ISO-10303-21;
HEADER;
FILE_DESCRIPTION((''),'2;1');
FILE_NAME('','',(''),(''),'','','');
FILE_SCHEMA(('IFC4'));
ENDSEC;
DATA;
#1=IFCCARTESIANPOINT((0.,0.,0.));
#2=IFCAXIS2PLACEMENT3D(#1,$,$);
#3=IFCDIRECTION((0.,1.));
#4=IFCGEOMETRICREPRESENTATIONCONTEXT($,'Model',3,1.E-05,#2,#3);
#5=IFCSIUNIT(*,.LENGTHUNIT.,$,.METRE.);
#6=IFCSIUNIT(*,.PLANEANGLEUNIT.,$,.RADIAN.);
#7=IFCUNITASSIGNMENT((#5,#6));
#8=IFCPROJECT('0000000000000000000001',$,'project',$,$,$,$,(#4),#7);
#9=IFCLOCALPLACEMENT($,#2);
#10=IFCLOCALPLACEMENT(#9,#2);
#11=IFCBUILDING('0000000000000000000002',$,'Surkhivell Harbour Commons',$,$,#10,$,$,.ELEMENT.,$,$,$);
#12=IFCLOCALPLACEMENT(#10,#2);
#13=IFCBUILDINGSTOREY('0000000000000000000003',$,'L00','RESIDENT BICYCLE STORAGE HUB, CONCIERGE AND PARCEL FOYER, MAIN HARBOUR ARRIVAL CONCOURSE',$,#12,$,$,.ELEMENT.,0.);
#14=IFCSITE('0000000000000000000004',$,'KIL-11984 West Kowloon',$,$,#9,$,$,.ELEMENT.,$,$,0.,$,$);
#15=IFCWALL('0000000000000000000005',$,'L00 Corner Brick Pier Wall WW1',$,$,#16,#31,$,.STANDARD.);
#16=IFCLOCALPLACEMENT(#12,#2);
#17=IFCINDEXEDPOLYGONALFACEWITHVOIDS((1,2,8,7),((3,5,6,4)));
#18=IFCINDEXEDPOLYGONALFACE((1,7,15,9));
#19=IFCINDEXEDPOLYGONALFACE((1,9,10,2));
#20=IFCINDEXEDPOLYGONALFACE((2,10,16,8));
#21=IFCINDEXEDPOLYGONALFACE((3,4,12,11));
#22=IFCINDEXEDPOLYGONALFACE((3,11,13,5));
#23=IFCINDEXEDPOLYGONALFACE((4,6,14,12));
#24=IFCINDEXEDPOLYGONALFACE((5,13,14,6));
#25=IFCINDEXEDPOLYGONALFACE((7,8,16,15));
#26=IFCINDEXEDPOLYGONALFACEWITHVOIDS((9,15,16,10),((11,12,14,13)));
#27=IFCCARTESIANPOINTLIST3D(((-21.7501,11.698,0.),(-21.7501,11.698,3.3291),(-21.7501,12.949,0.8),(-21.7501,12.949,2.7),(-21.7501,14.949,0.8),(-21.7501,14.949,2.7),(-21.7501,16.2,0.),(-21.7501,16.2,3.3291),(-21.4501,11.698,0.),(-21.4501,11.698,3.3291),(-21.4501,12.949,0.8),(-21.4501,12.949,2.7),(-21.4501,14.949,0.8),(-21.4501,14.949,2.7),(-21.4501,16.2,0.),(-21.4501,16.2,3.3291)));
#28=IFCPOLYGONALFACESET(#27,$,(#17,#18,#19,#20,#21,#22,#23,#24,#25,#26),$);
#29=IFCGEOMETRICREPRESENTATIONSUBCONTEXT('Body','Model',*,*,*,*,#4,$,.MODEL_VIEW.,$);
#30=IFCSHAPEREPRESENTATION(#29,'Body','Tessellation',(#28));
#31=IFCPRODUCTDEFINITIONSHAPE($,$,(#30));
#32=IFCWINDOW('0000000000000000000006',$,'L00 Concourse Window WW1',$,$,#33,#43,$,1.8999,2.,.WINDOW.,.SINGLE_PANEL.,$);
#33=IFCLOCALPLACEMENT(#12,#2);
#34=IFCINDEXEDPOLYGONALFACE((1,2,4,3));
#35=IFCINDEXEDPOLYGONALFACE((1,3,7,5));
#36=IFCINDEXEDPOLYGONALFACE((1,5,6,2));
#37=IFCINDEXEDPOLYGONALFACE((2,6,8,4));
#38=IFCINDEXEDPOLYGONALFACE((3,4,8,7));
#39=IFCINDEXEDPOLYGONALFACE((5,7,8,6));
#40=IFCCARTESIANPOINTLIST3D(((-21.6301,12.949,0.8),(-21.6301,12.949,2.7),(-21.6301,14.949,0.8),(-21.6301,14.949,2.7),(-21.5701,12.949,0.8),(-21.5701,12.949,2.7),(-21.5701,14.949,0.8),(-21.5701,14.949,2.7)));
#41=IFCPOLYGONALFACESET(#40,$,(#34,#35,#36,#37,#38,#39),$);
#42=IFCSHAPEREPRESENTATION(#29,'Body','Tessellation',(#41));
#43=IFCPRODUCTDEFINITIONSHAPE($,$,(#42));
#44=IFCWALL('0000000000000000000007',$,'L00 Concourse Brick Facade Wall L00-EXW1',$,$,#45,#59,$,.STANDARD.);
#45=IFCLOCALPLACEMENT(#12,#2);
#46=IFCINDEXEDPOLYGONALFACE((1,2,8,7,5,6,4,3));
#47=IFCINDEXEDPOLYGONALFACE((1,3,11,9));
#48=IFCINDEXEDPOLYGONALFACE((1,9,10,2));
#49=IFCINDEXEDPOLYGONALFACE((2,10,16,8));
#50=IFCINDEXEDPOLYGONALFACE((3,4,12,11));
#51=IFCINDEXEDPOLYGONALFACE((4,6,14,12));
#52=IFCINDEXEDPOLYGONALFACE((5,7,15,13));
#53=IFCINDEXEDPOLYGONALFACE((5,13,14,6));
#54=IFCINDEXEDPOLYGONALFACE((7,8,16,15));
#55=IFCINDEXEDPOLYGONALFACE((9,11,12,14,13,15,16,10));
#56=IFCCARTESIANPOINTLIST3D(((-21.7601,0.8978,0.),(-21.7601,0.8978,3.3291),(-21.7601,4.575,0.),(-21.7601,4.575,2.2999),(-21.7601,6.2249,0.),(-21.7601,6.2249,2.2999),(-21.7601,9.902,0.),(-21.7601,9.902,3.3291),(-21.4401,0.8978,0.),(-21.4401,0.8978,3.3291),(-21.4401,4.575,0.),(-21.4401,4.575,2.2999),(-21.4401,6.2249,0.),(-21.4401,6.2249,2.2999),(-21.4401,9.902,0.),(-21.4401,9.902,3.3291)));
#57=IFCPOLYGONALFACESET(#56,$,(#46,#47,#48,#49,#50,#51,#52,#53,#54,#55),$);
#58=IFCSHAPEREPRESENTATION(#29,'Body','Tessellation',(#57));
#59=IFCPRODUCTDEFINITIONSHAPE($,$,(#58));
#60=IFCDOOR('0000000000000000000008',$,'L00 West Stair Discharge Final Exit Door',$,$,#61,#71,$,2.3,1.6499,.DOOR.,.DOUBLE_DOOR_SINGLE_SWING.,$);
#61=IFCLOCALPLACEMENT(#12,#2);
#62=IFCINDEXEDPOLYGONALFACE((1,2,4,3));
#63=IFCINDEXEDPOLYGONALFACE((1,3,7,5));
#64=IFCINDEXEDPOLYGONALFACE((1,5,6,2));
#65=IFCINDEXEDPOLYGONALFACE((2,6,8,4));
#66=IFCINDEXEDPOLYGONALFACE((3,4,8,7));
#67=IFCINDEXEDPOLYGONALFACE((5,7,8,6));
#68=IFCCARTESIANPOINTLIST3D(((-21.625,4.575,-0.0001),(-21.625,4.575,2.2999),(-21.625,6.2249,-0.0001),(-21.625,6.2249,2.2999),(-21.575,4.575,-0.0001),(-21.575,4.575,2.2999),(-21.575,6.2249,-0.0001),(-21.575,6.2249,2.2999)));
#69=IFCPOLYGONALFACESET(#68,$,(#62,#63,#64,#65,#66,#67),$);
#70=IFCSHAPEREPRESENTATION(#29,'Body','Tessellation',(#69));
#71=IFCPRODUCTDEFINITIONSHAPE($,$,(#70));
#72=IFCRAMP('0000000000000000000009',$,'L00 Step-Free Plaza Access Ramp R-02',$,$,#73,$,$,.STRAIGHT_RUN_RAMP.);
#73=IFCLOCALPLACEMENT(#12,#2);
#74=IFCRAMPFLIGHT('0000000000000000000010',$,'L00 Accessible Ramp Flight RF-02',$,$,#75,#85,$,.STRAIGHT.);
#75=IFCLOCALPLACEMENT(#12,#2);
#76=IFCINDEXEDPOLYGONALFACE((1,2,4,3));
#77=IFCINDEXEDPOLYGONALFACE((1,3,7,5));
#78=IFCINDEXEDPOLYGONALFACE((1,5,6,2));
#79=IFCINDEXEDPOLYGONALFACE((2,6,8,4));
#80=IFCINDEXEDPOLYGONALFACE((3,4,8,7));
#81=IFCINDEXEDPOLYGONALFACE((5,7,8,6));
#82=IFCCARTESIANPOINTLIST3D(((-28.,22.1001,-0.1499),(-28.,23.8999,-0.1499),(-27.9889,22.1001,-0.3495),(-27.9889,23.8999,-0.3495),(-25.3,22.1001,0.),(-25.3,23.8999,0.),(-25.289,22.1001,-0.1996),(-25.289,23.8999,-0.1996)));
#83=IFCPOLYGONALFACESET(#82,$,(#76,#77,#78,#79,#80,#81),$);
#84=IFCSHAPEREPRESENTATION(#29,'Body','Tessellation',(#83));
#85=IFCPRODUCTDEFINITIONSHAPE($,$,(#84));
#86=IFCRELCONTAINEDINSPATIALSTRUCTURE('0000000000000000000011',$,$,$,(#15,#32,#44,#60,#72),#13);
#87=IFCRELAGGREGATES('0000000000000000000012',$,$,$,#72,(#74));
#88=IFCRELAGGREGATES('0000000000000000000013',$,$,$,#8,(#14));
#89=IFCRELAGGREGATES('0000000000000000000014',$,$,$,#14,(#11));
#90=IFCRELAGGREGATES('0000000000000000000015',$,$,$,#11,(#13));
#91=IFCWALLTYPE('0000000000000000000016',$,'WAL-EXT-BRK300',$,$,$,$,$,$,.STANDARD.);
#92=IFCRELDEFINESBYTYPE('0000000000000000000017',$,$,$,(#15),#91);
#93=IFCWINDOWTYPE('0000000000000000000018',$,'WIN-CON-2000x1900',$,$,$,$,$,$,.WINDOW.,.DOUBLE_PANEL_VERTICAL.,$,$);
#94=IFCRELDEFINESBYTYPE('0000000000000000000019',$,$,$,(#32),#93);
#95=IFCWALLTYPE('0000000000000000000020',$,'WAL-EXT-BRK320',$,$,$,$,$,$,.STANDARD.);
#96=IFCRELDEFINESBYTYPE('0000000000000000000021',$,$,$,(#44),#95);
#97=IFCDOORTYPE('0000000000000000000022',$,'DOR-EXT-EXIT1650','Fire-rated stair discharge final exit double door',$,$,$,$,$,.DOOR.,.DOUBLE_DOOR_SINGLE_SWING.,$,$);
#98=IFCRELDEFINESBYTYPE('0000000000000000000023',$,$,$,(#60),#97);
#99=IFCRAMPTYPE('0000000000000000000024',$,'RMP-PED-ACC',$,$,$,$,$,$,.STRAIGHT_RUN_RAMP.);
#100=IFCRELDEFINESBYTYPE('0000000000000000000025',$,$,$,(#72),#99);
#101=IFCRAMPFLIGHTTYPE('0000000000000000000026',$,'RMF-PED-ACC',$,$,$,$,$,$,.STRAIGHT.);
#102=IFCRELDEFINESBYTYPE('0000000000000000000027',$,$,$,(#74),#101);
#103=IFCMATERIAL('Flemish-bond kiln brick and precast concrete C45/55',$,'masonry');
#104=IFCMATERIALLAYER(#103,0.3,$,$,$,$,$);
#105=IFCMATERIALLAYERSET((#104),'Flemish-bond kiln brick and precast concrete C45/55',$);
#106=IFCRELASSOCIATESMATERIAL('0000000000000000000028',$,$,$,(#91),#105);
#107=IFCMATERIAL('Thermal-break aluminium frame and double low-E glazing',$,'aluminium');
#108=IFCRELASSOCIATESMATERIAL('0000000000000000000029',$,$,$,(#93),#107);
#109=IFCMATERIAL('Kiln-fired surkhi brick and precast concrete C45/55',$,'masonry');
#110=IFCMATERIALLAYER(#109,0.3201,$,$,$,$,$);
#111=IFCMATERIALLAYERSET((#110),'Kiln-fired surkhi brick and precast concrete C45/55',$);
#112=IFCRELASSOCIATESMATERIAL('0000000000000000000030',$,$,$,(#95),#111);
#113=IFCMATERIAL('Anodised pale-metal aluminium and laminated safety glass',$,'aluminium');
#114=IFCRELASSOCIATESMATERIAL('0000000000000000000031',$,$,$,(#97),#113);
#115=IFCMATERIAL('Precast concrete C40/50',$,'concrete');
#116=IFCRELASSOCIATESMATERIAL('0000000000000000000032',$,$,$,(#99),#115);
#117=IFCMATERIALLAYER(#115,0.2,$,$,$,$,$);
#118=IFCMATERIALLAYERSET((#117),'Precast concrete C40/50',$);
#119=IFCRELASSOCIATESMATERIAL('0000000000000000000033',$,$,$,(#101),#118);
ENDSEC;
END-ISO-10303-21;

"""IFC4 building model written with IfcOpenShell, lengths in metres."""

from ifc_helpers import new_model, si_unit, direction, frame, frame_2d, origin, place, context, subcontext, project, spatial, polyline, rectangle, outline, extrude, material, layer, layer_set, type_object, element, fill, aggregate, save


model = new_model("IFC4")

# Units and contexts
model_context = context("Model", 3, precision=1e-05, world=origin(), true_north=direction((0.0, 1.0)))
body_context = subcontext(model_context, "Body", "Model", "MODEL_VIEW")
ifc_project = project(units=[si_unit("LENGTHUNIT", "METRE"), si_unit("PLANEANGLEUNIT", "RADIAN")], contexts=[model_context])

# Site, building, storey
site_placement = place(None, origin())
site = spatial("IfcSite", under=ifc_project, at=site_placement, Name="KIL-11984 West Kowloon", CompositionType="ELEMENT", RefElevation=0.0)
building_placement = place(site_placement, origin())
building = spatial("IfcBuilding", under=site, at=building_placement, Name="Surkhivell Harbour Commons", CompositionType="ELEMENT")
storey_placement = place(building_placement, origin())
storey = spatial("IfcBuildingStorey", under=building, at=storey_placement, Name="L00", Description="RESIDENT BICYCLE STORAGE HUB, CONCIERGE AND PARCEL FOYER, MAIN HARBOUR ARRIVAL CONCOURSE", CompositionType="ELEMENT", Elevation=0.0)

# Wall, opening, window
ifc_material_1 = material(Name="Flemish-bond kiln brick and precast concrete C45/55", Category="masonry")
ifc_layer_1 = layer(ifc_material_1, 0.3)
ifc_layer_set_1 = layer_set([ifc_layer_1], Name="Flemish-bond kiln brick and precast concrete C45/55")
wall_type_1 = type_object("IfcWallType", Name="WAL-EXT-BRK300", PredefinedType="STANDARD", material=ifc_layer_set_1)
wall_1_placement = place(storey_placement, frame((-21.6001, 11.698, 0.0), z_axis=(0.0, 0.0, 1.0), x_axis=(0.0, 1.0, 0.0)))
wall_1 = element("IfcWall", 1, at=wall_1_placement, inside=storey, type_object=wall_type_1, Name="L00 Corner Brick Pier Wall WW1", PredefinedType="STANDARD", context=body_context, shape_type="SweptSolid", body=[
    extrude(rectangle(XDim=4.502, YDim=0.3, at=frame_2d((2.251, 0.0))), origin(), (0.0, 0.0, 1.0), 3.3291),
])
opening_1_placement = place(wall_1_placement, frame((1.251, 0.0, 0.8)))
opening_1 = element("IfcOpeningElement", 2, at=opening_1_placement, cuts=wall_1, PredefinedType="OPENING", context=body_context, shape_type="SweptSolid", body=[
    extrude(rectangle(XDim=2.0, YDim=1.8999, at=frame_2d((1.0, 0.95))), frame((0.0, 0.1599, 0.0), z_axis=(0.0, -1.0, 0.0), x_axis=(1.0, 0.0, 0.0)), (0.0, 0.0, 1.0), 0.3201),
])
ifc_material_2 = material(Name="Thermal-break aluminium frame and double low-E glazing", Category="aluminium")
window_type = type_object("IfcWindowType", Name="WIN-CON-2000x1900", PartitioningType="DOUBLE_PANEL_VERTICAL", PredefinedType="WINDOW", material=ifc_material_2)
window_placement = place(opening_1_placement, origin())
window = element("IfcWindow", 3, at=window_placement, inside=storey, type_object=window_type, Name="L00 Concourse Window WW1", OverallHeight=1.8999, OverallWidth=2.0, PartitioningType="SINGLE_PANEL", PredefinedType="WINDOW", context=body_context, shape_type="SweptSolid", body=[
    extrude(rectangle(XDim=2.0, YDim=1.8999, at=frame_2d((1.0, 0.95))), frame((0.0, 0.03, 0.0), z_axis=(0.0, -1.0, 0.0), x_axis=(1.0, 0.0, 0.0)), (0.0, 0.0, 1.0), 0.0601),
])
fill(opening_1, window)

# Wall, opening, door
ifc_material_3 = material(Name="Kiln-fired surkhi brick and precast concrete C45/55", Category="masonry")
ifc_layer_2 = layer(ifc_material_3, 0.3201)
ifc_layer_set_2 = layer_set([ifc_layer_2], Name="Kiln-fired surkhi brick and precast concrete C45/55")
wall_type_2 = type_object("IfcWallType", Name="WAL-EXT-BRK320", PredefinedType="STANDARD", material=ifc_layer_set_2)
wall_2_placement = place(storey_placement, frame((-21.6001, 0.8979, 0.0), z_axis=(0.0, 0.0, 1.0), x_axis=(0.0, 1.0, 0.0)))
wall_2 = element("IfcWall", 4, at=wall_2_placement, inside=storey, type_object=wall_type_2, Name="L00 Concourse Brick Facade Wall L00-EXW1", PredefinedType="STANDARD", context=body_context, shape_type="SweptSolid", body=[
    extrude(rectangle(XDim=9.0042, YDim=0.3201, at=frame_2d((4.502, 0.0))), origin(), (0.0, 0.0, 1.0), 3.3291),
])
opening_2_placement = place(wall_2_placement, frame((3.677, 0.0, 0.0)))
opening_2 = element("IfcOpeningElement", 5, at=opening_2_placement, cuts=wall_2, PredefinedType="OPENING", context=body_context, shape_type="SweptSolid", body=[
    extrude(rectangle(XDim=1.6499, YDim=2.3, at=frame_2d((0.825, 1.1499))), frame((0.0, 0.1699, 0.0), z_axis=(0.0, -1.0, 0.0), x_axis=(1.0, 0.0, 0.0)), (0.0, 0.0, 1.0), 0.3401),
])
ifc_material_4 = material(Name="Anodised pale-metal aluminium and laminated safety glass", Category="aluminium")
door_type = type_object("IfcDoorType", Name="DOR-EXT-EXIT1650", Description="Fire-rated stair discharge final exit double door", OperationType="DOUBLE_DOOR_SINGLE_SWING", PredefinedType="DOOR", material=ifc_material_4)
door_placement = place(opening_2_placement, origin())
door = element("IfcDoor", 6, at=door_placement, inside=storey, type_object=door_type, Name="L00 West Stair Discharge Final Exit Door", OperationType="DOUBLE_DOOR_SINGLE_SWING", OverallHeight=2.3, OverallWidth=1.6499, PredefinedType="DOOR", context=body_context, shape_type="SweptSolid", body=[
    extrude(rectangle(XDim=1.6499, YDim=2.3, at=frame_2d((0.825, 1.1499))), frame((0.0, 0.0249, 0.0), z_axis=(0.0, -1.0, 0.0), x_axis=(1.0, 0.0, 0.0)), (0.0, 0.0, 1.0), 0.05),
])
fill(opening_2, door)

# Ramp, ramp flight
ifc_material_5 = material(Name="Precast concrete C40/50", Category="concrete")
ramp_type = type_object("IfcRampType", Name="RMP-PED-ACC", PredefinedType="STRAIGHT_RUN_RAMP", material=ifc_material_5)
ramp_placement = place(storey_placement, origin())
ramp = element("IfcRamp", 7, at=ramp_placement, inside=storey, type_object=ramp_type, Name="L00 Step-Free Plaza Access Ramp R-02", PredefinedType="STRAIGHT_RUN_RAMP")
ifc_layer_3 = layer(ifc_material_5, 0.2)
ifc_layer_set_3 = layer_set([ifc_layer_3], Name="Precast concrete C40/50")
ramp_flight_type = type_object("IfcRampFlightType", Name="RMF-PED-ACC", PredefinedType="STRAIGHT", material=ifc_layer_set_3)
ramp_flight_placement = place(storey_placement, frame((-28.0, 22.1001, -0.1499), z_axis=(-0.055435, 0.0, 0.998462), x_axis=(0.998462, 0.0, 0.055435)))
ramp_flight = element("IfcRampFlight", 8, at=ramp_flight_placement, type_object=ramp_flight_type, Name="L00 Accessible Ramp Flight RF-02", PredefinedType="STRAIGHT", context=body_context, shape_type="SweptSolid", body=[
    extrude(outline(polyline([(0.0, 0.0), (2.7041, 0.0), (2.7041, 1.7998), (0.0, 1.7998), (0.0, 0.0)])), origin(), (0.0, 0.0, -1.0), 0.2),
])
aggregate(ramp, [ramp_flight])

save(model, "model.ifc")
